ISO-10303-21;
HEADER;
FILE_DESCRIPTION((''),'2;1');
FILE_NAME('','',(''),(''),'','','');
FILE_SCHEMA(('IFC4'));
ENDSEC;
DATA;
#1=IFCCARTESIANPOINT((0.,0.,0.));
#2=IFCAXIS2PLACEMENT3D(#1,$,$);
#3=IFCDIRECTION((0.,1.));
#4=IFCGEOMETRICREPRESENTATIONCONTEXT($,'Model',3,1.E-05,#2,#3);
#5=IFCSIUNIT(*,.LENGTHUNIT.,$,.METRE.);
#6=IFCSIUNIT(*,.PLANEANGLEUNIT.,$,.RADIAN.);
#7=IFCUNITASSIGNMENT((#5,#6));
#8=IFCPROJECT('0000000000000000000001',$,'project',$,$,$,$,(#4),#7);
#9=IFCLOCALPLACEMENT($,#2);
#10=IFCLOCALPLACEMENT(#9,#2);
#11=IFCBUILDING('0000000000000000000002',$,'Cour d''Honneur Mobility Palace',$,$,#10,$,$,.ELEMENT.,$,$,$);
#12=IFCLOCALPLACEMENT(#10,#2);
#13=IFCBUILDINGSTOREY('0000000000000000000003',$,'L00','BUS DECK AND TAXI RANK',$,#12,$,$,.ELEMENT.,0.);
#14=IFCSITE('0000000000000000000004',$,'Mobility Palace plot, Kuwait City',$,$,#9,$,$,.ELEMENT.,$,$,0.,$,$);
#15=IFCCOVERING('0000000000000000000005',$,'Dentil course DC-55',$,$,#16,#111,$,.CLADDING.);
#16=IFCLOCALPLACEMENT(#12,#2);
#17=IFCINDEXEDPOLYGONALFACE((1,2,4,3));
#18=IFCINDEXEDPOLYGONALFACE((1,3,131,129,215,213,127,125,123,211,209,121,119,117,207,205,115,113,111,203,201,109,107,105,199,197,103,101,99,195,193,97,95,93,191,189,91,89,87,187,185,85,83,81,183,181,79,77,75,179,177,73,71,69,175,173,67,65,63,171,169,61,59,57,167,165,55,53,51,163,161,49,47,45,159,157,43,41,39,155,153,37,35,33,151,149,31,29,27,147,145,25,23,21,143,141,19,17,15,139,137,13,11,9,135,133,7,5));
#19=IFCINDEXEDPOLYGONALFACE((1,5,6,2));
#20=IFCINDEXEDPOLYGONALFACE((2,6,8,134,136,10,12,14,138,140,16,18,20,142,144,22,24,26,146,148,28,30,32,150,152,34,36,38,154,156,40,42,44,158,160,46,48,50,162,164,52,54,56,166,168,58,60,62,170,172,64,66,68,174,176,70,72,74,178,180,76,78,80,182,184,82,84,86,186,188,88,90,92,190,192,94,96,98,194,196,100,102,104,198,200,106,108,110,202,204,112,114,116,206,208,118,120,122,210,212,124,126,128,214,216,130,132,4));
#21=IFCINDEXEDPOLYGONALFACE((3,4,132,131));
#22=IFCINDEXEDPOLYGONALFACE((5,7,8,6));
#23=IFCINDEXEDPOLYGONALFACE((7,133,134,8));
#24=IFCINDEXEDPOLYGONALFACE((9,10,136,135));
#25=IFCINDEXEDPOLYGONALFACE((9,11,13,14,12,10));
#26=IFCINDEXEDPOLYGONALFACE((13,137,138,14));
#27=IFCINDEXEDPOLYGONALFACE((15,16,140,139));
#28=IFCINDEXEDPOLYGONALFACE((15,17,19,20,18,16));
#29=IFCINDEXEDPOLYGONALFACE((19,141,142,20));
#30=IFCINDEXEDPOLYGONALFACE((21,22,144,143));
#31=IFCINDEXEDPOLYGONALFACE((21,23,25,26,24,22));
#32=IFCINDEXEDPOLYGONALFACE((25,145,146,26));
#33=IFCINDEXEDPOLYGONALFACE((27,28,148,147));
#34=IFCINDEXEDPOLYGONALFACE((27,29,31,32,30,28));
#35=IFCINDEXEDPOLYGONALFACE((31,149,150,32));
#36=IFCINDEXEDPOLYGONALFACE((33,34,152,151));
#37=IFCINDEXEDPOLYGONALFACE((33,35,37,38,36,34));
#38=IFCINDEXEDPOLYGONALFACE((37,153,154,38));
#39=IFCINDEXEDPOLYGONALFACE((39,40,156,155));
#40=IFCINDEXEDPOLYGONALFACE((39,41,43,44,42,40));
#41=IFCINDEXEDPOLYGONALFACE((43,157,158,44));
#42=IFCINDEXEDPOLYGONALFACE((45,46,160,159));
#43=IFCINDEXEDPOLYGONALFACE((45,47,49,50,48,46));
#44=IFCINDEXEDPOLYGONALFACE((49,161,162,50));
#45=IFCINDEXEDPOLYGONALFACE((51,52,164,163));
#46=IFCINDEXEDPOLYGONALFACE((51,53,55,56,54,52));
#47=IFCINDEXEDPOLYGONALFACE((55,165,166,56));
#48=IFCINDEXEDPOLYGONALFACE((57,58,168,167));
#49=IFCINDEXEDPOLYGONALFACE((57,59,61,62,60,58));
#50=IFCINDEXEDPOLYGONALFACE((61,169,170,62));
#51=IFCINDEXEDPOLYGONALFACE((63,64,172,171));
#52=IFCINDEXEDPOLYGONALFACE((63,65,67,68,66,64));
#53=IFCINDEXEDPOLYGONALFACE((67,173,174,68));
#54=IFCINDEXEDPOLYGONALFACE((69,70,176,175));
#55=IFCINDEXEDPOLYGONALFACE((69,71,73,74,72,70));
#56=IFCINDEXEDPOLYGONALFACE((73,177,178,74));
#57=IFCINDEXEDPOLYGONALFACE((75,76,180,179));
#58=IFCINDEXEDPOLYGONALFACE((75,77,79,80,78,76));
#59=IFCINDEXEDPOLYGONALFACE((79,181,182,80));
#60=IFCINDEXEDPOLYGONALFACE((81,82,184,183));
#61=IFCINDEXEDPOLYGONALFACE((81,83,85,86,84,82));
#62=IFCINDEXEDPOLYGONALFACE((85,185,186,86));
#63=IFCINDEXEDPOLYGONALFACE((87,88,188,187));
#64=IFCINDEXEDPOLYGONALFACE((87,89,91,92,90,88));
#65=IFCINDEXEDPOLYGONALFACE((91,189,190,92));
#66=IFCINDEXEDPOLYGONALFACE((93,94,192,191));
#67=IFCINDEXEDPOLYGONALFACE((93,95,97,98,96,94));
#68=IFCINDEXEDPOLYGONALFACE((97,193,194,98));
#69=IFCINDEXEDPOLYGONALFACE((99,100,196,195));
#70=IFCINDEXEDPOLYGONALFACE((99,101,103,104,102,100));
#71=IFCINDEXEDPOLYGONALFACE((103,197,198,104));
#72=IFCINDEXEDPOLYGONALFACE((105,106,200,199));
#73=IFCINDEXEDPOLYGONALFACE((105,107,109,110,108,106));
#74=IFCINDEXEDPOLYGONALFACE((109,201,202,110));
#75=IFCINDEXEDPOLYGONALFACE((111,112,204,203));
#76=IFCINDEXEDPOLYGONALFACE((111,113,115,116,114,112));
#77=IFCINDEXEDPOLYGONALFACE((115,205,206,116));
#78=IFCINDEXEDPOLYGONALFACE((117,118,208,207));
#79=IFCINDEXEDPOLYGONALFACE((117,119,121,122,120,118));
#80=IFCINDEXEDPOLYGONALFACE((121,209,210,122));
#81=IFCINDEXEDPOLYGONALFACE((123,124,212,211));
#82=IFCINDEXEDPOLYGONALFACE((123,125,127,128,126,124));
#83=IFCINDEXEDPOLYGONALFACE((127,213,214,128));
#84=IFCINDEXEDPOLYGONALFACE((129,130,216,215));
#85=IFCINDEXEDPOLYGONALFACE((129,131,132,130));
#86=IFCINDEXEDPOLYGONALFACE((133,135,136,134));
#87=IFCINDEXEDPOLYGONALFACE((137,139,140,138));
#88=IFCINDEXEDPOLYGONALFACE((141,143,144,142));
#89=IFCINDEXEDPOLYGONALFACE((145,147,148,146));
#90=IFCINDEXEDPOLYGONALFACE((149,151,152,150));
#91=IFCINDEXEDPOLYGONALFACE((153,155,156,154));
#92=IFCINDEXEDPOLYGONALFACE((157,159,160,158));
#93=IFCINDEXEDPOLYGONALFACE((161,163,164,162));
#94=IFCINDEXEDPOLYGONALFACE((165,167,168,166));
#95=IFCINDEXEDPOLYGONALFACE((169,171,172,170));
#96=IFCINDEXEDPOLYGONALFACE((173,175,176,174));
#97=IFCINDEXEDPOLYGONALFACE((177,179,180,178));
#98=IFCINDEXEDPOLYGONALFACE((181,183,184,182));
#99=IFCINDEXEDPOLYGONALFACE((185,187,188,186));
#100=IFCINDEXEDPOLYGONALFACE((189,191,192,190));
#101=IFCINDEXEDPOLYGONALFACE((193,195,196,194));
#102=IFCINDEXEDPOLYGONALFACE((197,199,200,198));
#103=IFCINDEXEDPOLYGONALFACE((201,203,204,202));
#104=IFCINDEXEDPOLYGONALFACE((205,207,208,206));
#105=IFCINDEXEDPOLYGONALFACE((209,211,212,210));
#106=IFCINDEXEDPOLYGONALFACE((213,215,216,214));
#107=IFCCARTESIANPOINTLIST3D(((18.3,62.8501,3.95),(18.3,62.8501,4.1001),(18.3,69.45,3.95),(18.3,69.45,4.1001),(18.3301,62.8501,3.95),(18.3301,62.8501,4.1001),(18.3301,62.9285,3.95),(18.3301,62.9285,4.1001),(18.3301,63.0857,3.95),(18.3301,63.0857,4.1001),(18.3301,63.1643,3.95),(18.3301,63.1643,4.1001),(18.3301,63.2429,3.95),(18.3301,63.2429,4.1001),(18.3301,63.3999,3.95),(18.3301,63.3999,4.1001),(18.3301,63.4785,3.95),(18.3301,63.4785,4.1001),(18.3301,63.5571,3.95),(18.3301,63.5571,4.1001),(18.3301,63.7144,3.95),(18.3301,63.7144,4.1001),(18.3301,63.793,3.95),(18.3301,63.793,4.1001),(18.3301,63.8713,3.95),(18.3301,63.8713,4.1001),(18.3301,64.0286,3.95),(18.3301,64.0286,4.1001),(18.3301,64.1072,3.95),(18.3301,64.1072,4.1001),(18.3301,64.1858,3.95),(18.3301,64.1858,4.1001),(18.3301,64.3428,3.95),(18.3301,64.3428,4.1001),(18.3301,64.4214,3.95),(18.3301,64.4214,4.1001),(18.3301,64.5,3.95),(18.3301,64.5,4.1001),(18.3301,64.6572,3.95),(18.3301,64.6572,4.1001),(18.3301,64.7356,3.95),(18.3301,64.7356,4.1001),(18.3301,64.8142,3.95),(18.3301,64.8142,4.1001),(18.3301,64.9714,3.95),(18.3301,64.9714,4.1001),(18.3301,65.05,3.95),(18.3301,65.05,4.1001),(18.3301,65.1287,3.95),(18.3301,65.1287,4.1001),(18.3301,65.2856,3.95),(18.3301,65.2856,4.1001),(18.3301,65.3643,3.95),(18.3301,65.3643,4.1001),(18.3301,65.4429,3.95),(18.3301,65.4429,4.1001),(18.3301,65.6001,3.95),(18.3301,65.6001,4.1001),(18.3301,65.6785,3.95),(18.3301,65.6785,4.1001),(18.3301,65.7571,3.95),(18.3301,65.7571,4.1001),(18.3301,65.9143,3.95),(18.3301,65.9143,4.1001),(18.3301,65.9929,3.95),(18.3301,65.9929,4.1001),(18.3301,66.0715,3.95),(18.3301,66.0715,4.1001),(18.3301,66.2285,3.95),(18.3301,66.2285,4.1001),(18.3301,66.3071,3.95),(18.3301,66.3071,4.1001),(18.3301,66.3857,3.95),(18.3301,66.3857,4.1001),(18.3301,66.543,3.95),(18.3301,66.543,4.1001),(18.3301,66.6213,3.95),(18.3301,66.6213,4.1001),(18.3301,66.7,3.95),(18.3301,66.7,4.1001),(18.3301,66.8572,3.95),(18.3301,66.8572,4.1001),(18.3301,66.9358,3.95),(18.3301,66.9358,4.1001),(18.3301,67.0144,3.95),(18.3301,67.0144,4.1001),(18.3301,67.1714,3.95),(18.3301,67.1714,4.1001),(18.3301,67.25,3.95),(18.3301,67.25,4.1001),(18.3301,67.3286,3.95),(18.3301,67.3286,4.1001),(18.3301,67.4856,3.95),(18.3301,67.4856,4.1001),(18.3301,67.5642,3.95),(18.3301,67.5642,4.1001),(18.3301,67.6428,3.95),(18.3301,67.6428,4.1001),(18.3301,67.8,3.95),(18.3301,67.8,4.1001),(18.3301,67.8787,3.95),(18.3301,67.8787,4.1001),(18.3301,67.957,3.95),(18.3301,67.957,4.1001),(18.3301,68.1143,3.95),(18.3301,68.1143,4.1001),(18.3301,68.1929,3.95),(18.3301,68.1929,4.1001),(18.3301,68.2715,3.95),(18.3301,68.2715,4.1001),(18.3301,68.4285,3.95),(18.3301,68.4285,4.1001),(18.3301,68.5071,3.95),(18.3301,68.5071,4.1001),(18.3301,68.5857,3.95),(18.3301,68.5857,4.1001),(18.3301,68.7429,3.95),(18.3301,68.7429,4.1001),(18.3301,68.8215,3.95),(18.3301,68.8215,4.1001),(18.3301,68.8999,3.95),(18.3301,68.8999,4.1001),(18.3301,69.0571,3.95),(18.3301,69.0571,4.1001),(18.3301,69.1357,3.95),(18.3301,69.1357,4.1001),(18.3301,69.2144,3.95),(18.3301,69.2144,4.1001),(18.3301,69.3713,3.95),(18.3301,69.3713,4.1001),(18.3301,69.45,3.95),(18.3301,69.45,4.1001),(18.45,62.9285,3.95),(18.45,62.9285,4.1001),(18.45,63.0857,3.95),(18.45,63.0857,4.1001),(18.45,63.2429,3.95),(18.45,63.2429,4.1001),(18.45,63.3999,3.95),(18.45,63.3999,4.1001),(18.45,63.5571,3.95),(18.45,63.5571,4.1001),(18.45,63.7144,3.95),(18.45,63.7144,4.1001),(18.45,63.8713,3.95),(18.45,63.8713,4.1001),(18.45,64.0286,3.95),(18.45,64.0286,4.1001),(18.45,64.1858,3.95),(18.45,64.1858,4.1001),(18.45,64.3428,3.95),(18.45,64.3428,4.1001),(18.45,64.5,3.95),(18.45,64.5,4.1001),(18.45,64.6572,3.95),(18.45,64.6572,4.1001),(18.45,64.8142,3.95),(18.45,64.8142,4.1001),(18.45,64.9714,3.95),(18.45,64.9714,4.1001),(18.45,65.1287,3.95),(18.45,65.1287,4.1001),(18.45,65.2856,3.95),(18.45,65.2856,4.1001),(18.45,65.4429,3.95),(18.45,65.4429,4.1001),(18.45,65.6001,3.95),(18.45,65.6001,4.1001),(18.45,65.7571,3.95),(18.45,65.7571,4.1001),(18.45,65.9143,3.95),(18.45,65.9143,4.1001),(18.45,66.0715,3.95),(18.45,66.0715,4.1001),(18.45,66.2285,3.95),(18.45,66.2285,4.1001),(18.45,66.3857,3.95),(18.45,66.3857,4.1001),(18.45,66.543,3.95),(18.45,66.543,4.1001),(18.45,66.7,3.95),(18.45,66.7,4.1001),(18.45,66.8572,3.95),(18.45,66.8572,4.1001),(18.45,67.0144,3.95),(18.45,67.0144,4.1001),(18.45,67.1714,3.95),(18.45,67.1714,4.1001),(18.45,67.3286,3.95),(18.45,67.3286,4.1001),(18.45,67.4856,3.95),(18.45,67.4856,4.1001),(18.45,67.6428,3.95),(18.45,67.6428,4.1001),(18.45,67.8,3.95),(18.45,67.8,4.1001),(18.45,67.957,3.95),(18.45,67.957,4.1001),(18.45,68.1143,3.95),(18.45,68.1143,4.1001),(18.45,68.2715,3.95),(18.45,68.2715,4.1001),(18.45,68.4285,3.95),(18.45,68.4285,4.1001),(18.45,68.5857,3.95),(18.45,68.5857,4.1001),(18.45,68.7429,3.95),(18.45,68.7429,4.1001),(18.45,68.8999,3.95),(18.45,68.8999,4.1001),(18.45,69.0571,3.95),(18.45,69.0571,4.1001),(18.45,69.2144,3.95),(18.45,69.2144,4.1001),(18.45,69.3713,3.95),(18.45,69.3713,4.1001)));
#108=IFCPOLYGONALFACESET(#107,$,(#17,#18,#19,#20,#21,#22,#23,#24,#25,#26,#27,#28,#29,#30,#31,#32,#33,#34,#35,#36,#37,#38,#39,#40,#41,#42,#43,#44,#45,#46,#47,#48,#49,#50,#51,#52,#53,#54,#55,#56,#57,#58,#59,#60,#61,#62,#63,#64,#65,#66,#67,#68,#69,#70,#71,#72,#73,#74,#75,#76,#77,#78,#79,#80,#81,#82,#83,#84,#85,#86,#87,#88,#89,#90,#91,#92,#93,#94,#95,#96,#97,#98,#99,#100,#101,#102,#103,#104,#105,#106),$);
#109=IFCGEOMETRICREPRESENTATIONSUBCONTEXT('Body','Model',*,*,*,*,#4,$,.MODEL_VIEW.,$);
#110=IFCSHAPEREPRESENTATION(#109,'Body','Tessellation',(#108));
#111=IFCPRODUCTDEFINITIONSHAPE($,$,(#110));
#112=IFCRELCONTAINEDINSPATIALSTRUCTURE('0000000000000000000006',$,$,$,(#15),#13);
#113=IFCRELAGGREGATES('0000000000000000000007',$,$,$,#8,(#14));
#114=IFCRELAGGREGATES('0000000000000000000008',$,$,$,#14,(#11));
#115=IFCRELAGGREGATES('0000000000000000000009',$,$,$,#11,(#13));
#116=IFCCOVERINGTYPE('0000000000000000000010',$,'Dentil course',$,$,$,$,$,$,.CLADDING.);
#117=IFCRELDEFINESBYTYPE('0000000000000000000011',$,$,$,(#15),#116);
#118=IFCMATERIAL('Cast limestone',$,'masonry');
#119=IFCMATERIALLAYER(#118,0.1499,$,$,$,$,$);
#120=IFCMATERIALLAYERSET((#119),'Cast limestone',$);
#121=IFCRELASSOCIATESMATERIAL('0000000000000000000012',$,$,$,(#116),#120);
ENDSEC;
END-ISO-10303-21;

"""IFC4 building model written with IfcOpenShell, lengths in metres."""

from ifc_helpers import new_model, si_unit, direction, frame, origin, place, context, subcontext, project, spatial, polyline, outline, extrude, material, layer, layer_set, type_object, element, save


model = new_model("IFC4")

# Units and contexts
model_context = context("Model", 3, precision=1e-05, world=origin(), true_north=direction((0.0, 1.0)))
body_context = subcontext(model_context, "Body", "Model", "MODEL_VIEW")
ifc_project = project(units=[si_unit("LENGTHUNIT", "METRE"), si_unit("PLANEANGLEUNIT", "RADIAN")], contexts=[model_context])

# Site, building, storey
site_placement = place(None, origin())
site = spatial("IfcSite", under=ifc_project, at=site_placement, Name="Mobility Palace plot, Kuwait City", CompositionType="ELEMENT", RefElevation=0.0)
building_placement = place(site_placement, origin())
building = spatial("IfcBuilding", under=site, at=building_placement, Name="Cour d'Honneur Mobility Palace", CompositionType="ELEMENT")
storey_placement = place(building_placement, origin())
storey = spatial("IfcBuildingStorey", under=building, at=storey_placement, Name="L00", Description="BUS DECK AND TAXI RANK", CompositionType="ELEMENT", Elevation=0.0)

# Covering
ifc_material = material(Name="Cast limestone", Category="masonry")
ifc_layer = layer(ifc_material, 0.1499)
ifc_layer_set = layer_set([ifc_layer], Name="Cast limestone")
covering_type = type_object("IfcCoveringType", Name="Dentil course", PredefinedType="CLADDING", material=ifc_layer_set)
covering_1_placement = place(storey_placement, frame((0.0, 0.0, 3.95)))
element("IfcCovering", 1, at=covering_1_placement, inside=storey, type_object=covering_type, Name="Dentil course DC-55", PredefinedType="CLADDING", context=body_context, shape_type="SweptSolid", body=[
    extrude(outline(polyline([(18.3, 62.8501), (18.3, 69.45), (18.3301, 69.45), (18.3301, 69.45), (18.3301, 69.3713), (18.45, 69.3713), (18.45, 69.2144), (18.3301, 69.2144), (18.3301, 69.1357), (18.3301, 69.1357), (18.3301, 69.0571), (18.45, 69.0571), (18.45, 68.8999), (18.3301, 68.8999), (18.3301, 68.8215), (18.3301, 68.8215), (18.3301, 68.7429), (18.45, 68.7429), (18.45, 68.5857), (18.3301, 68.5857), (18.3301, 68.5071), (18.3301, 68.5071), (18.3301, 68.4285), (18.45, 68.4285), (18.45, 68.2715), (18.3301, 68.2715), (18.3301, 68.1929), (18.3301, 68.1929), (18.3301, 68.1143), (18.45, 68.1143), (18.45, 67.957), (18.3301, 67.957), (18.3301, 67.8787), (18.3301, 67.8787), (18.3301, 67.8), (18.45, 67.8), (18.45, 67.6428), (18.3301, 67.6428), (18.3301, 67.5642), (18.3301, 67.5642), (18.3301, 67.4856), (18.45, 67.4856), (18.45, 67.3286), (18.3301, 67.3286), (18.3301, 67.25), (18.3301, 67.25), (18.3301, 67.1714), (18.45, 67.1714), (18.45, 67.0144), (18.3301, 67.0144), (18.3301, 66.9358), (18.3301, 66.9358), (18.3301, 66.8572), (18.45, 66.8572), (18.45, 66.7), (18.3301, 66.7), (18.3301, 66.6213), (18.3301, 66.6213), (18.3301, 66.543), (18.45, 66.543), (18.45, 66.3857), (18.3301, 66.3857), (18.3301, 66.3071), (18.3301, 66.3071), (18.3301, 66.2285), (18.45, 66.2285), (18.45, 66.0715), (18.3301, 66.0715), (18.3301, 65.9929), (18.3301, 65.9929), (18.3301, 65.9143), (18.45, 65.9143), (18.45, 65.7571), (18.3301, 65.7571), (18.3301, 65.6785), (18.3301, 65.6785), (18.3301, 65.6001), (18.45, 65.6001), (18.45, 65.4429), (18.3301, 65.4429), (18.3301, 65.3643), (18.3301, 65.3643), (18.3301, 65.2856), (18.45, 65.2856), (18.45, 65.1287), (18.3301, 65.1287), (18.3301, 65.05), (18.3301, 65.05), (18.3301, 64.9714), (18.45, 64.9714), (18.45, 64.8142), (18.3301, 64.8142), (18.3301, 64.7356), (18.3301, 64.7356), (18.3301, 64.6572), (18.45, 64.6572), (18.45, 64.5), (18.3301, 64.5), (18.3301, 64.4214), (18.3301, 64.4214), (18.3301, 64.3428), (18.45, 64.3428), (18.45, 64.1858), (18.3301, 64.1858), (18.3301, 64.1072), (18.3301, 64.1072), (18.3301, 64.0286), (18.45, 64.0286), (18.45, 63.8713), (18.3301, 63.8713), (18.3301, 63.793), (18.3301, 63.793), (18.3301, 63.7144), (18.45, 63.7144), (18.45, 63.5571), (18.3301, 63.5571), (18.3301, 63.4785), (18.3301, 63.4785), (18.3301, 63.3999), (18.45, 63.3999), (18.45, 63.2429), (18.3301, 63.2429), (18.3301, 63.1643), (18.3301, 63.1643), (18.3301, 63.0857), (18.45, 63.0857), (18.45, 62.9285), (18.3301, 62.9285), (18.3301, 62.8501), (18.3, 62.8501)])), origin(), (0.0, 0.0, 1.0), 0.1501),
])

save(model, "model.ifc")
